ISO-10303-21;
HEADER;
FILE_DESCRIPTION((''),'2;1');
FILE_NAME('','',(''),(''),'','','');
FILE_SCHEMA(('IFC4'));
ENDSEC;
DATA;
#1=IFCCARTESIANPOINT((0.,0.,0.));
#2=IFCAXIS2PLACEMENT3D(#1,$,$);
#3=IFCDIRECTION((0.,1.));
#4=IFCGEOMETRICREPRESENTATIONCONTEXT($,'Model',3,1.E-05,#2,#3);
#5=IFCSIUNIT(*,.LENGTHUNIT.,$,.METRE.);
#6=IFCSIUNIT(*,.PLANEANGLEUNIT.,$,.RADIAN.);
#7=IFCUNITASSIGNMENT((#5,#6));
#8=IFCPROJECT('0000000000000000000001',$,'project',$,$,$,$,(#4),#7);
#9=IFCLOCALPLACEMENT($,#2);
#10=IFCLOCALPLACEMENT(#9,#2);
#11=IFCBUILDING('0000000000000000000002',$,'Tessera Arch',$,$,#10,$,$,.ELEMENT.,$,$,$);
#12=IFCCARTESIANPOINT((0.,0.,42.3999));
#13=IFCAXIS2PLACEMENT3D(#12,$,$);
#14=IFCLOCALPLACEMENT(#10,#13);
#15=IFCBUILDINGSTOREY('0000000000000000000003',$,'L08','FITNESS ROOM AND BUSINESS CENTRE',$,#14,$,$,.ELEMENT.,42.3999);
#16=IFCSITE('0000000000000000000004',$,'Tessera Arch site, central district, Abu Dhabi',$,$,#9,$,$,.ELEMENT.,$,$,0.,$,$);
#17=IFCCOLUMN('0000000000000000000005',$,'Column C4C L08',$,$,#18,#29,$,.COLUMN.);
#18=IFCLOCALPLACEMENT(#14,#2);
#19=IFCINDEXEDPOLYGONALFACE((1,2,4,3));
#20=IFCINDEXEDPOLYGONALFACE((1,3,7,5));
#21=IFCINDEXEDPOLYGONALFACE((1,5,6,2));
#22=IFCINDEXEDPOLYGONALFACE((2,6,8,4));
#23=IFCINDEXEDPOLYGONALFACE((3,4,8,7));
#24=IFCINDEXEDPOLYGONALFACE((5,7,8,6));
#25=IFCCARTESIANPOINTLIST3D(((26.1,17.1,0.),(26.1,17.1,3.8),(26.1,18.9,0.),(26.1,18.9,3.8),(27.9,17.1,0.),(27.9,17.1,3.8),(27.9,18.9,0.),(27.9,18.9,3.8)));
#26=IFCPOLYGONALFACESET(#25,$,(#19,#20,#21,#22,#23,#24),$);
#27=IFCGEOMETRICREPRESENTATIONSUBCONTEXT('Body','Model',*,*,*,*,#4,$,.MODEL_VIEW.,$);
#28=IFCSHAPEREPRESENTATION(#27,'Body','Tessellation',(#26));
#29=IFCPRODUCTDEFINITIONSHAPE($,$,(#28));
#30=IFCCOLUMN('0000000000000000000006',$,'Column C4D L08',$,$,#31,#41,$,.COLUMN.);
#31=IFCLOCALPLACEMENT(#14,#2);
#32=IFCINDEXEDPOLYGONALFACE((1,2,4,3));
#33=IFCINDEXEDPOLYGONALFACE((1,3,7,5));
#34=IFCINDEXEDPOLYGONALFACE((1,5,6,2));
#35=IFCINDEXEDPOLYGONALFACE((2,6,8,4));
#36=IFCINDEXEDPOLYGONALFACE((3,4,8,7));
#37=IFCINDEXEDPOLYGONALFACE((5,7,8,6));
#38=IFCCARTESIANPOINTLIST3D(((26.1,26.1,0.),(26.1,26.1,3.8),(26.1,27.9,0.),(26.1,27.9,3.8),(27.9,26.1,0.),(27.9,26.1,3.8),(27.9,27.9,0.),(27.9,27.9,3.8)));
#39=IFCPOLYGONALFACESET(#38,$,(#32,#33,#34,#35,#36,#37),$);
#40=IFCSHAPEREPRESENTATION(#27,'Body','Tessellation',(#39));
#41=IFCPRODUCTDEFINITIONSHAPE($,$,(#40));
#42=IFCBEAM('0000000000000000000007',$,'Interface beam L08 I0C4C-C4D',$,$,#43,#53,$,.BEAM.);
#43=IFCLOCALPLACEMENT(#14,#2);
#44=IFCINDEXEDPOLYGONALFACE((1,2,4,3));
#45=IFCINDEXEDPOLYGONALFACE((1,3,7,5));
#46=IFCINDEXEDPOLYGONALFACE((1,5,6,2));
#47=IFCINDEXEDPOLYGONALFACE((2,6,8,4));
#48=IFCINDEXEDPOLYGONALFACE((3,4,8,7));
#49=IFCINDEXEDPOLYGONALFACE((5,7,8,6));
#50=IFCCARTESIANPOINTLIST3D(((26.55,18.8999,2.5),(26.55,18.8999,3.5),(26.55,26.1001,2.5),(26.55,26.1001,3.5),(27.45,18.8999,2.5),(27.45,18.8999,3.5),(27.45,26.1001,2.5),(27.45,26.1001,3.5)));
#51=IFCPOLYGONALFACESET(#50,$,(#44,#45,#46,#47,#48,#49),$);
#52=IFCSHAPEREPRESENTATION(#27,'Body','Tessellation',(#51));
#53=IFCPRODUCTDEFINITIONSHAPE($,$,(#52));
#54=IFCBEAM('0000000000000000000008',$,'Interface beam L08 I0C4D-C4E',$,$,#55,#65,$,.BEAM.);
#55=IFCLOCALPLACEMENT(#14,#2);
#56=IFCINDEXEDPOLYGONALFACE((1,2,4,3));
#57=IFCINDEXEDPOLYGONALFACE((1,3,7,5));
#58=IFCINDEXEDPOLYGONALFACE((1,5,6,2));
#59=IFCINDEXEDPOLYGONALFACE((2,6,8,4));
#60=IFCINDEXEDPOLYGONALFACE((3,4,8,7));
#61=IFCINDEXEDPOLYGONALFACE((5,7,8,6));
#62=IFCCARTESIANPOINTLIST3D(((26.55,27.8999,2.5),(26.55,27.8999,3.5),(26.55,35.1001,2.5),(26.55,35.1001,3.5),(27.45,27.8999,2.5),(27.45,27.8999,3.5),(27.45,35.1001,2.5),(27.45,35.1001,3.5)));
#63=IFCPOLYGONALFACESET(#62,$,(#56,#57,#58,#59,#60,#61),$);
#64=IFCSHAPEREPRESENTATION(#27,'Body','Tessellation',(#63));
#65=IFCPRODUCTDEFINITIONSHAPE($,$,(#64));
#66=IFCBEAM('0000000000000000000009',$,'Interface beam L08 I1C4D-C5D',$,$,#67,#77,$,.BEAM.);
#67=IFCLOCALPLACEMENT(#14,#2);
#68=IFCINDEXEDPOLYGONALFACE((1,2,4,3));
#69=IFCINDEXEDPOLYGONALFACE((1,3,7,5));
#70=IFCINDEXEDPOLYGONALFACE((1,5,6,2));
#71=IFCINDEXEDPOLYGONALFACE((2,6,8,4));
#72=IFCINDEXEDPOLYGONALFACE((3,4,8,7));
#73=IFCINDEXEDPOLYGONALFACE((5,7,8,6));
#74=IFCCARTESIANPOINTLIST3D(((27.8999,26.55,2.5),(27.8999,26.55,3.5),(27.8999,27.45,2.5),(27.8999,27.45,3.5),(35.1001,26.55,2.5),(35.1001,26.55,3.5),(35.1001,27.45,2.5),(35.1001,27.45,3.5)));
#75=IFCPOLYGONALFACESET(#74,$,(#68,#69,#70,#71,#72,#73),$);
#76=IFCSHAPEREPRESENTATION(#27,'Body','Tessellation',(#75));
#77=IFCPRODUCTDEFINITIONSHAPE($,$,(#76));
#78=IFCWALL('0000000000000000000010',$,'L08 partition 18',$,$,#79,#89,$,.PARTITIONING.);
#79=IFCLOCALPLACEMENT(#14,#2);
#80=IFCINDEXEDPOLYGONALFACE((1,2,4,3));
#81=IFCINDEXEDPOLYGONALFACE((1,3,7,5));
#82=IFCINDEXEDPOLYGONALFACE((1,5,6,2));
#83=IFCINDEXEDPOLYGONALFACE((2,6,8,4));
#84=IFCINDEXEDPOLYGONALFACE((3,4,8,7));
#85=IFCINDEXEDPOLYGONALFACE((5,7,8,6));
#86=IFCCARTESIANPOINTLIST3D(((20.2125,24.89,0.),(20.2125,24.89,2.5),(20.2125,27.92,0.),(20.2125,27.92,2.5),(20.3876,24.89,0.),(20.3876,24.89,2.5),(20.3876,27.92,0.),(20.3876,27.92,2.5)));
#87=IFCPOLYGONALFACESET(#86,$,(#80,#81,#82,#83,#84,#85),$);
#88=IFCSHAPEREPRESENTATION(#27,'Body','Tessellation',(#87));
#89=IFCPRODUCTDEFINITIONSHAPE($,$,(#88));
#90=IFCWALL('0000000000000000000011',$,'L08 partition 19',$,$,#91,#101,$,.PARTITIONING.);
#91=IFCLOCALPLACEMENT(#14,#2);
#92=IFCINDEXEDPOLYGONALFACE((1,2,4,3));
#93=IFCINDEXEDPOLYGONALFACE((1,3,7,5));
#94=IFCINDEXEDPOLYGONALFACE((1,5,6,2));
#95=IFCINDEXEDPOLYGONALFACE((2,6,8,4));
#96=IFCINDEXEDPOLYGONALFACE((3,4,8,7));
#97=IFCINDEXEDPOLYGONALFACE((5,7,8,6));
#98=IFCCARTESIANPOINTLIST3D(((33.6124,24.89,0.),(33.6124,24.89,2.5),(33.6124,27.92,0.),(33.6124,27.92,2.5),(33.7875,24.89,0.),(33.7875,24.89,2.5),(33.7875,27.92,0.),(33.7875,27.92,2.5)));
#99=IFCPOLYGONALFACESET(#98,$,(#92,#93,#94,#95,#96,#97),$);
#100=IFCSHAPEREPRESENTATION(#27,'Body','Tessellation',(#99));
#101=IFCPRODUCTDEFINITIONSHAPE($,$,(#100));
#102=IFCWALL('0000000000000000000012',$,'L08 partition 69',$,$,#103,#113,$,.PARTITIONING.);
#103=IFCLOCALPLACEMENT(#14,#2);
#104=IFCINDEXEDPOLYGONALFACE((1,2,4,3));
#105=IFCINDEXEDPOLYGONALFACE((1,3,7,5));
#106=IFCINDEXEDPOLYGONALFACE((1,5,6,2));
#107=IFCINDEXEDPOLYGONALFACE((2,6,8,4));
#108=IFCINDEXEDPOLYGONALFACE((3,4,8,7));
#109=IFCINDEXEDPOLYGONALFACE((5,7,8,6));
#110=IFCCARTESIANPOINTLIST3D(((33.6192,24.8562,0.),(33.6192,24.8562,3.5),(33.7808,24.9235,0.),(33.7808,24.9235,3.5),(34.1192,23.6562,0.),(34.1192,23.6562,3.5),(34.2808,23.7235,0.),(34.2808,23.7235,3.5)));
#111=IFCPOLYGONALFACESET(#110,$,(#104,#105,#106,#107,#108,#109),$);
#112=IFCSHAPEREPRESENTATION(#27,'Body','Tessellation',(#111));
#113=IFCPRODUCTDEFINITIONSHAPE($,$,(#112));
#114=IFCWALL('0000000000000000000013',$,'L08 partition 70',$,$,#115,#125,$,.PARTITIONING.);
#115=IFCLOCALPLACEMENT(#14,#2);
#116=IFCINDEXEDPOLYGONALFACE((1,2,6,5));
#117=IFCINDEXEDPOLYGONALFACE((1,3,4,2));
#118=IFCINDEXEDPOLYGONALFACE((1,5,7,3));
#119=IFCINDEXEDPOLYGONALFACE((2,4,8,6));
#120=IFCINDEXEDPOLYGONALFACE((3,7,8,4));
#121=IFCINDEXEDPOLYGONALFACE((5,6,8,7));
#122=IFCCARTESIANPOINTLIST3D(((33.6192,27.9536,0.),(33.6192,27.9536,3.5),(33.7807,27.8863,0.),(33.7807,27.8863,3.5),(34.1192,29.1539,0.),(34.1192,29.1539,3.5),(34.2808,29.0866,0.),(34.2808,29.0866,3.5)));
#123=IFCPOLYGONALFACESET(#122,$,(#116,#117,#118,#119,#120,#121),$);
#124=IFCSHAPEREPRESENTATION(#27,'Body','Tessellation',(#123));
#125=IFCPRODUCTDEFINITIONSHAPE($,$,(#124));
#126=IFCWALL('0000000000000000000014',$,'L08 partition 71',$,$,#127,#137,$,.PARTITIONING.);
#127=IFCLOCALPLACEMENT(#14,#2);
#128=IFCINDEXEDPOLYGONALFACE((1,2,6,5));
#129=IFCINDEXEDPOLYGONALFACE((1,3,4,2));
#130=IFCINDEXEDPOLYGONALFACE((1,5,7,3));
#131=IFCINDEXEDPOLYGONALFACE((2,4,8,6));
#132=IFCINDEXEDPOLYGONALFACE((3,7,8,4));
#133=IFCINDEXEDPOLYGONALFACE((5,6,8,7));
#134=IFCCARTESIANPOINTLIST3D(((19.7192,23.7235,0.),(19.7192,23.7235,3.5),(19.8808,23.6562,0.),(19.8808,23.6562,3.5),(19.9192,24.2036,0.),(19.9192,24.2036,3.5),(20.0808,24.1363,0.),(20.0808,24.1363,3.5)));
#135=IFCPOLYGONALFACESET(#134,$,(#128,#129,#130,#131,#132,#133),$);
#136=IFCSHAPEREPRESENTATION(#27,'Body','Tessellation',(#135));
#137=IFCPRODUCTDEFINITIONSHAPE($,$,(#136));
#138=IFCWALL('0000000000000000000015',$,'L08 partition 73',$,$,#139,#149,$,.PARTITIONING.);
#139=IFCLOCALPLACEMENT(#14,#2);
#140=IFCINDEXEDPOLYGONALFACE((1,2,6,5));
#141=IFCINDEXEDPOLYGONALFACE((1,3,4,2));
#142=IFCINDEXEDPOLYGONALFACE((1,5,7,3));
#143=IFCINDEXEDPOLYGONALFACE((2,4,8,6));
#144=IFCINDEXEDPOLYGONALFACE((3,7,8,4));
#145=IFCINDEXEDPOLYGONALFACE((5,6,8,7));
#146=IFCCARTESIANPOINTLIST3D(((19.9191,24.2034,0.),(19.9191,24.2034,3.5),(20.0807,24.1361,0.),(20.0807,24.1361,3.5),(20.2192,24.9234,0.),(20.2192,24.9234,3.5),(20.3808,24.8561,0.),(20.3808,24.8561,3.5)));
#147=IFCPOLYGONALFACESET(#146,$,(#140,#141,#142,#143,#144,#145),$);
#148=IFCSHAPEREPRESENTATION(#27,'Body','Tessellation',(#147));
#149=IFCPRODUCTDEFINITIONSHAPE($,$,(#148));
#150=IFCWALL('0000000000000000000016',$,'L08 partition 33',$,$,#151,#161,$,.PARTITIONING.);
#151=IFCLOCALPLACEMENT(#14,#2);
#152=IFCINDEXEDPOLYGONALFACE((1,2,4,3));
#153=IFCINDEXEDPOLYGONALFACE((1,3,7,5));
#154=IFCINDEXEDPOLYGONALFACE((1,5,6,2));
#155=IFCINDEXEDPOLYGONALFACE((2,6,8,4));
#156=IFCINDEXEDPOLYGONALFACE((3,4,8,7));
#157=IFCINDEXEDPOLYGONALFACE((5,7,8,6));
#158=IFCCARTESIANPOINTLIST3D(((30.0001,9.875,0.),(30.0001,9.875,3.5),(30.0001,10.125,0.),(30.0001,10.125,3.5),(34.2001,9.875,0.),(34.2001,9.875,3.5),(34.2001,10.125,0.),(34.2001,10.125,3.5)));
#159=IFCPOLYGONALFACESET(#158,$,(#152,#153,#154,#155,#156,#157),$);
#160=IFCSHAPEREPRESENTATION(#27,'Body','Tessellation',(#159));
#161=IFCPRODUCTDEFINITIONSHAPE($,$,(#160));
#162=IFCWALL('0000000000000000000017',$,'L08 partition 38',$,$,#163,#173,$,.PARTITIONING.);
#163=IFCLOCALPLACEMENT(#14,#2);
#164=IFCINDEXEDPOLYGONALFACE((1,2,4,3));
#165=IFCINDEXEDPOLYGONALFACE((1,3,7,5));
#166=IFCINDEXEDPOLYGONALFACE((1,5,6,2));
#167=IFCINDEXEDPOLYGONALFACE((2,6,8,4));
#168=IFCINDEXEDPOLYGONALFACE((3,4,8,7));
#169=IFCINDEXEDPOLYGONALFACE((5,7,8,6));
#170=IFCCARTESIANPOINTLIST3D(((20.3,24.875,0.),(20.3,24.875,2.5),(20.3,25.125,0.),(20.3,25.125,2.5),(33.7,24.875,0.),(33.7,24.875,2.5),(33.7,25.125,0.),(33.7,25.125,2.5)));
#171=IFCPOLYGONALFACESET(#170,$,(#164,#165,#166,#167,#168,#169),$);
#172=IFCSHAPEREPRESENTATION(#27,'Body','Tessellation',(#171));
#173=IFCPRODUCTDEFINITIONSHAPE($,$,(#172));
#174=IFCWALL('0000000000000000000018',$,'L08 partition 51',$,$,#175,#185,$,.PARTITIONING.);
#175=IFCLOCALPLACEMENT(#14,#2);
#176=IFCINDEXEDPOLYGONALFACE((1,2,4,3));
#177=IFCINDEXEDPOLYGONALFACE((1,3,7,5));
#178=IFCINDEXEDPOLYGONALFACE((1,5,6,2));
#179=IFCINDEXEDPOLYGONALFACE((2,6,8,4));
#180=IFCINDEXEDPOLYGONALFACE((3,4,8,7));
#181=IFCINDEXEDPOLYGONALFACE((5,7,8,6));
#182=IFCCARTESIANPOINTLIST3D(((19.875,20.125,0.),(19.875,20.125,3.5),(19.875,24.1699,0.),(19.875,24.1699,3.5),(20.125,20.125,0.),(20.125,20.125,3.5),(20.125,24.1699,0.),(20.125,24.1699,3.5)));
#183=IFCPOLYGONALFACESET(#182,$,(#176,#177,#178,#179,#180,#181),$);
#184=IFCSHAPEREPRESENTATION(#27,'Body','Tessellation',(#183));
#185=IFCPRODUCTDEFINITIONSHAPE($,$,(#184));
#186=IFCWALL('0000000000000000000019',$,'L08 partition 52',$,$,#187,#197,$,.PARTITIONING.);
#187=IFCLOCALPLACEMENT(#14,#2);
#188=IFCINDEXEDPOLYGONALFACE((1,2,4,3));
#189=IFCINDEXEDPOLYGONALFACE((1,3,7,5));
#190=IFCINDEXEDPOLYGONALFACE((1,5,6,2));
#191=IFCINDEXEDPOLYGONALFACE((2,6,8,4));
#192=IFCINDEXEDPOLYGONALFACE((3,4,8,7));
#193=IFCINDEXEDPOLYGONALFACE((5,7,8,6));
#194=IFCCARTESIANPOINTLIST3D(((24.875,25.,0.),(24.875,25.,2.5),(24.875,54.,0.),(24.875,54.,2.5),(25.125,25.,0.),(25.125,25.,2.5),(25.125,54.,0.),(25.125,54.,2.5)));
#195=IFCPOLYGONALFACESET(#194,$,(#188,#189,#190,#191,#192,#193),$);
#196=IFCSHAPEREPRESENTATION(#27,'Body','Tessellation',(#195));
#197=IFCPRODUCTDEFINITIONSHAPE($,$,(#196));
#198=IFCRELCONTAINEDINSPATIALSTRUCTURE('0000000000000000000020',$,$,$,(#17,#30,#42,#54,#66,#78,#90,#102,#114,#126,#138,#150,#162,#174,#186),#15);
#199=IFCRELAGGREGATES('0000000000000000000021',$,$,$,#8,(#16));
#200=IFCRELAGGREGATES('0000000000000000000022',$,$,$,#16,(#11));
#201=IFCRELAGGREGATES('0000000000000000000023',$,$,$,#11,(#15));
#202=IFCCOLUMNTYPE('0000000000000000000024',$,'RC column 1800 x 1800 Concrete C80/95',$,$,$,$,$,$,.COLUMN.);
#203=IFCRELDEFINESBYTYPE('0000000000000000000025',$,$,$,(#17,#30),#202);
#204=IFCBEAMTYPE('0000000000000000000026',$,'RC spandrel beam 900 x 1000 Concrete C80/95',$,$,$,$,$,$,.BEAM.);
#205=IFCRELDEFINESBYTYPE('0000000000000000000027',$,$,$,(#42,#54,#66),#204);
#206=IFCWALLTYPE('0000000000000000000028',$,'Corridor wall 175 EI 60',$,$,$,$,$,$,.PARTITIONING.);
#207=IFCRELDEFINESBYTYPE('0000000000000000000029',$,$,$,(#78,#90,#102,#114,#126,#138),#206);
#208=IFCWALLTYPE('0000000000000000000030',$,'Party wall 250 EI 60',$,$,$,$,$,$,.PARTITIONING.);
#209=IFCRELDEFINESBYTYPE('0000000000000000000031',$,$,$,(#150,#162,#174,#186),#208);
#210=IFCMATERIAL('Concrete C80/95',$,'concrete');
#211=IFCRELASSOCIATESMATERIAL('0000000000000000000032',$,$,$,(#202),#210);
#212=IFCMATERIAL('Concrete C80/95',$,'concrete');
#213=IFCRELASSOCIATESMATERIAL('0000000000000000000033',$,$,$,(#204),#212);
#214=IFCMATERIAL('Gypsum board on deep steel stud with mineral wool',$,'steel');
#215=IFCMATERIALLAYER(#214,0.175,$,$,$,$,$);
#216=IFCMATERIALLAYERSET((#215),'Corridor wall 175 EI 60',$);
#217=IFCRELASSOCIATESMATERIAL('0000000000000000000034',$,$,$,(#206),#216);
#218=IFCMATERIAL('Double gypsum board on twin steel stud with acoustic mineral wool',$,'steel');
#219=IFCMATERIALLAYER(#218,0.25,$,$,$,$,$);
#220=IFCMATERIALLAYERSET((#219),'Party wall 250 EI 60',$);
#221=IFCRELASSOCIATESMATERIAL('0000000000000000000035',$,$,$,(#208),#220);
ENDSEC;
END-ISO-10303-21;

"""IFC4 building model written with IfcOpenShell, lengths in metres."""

from ifc_helpers import new_model, si_unit, direction, frame, frame_2d, origin, origin_2d, place, context, subcontext, project, spatial, rectangle, extrude, material, layer, layer_set, material_profile, profile_set, type_object, element, save


model = new_model("IFC4")

# Units and contexts
model_context = context("Model", 3, precision=1e-05, world=origin(), true_north=direction((0.0, 1.0)))
body_context = subcontext(model_context, "Body", "Model", "MODEL_VIEW")
ifc_project = project(units=[si_unit("LENGTHUNIT", "METRE"), si_unit("PLANEANGLEUNIT", "RADIAN")], contexts=[model_context])

# Site, building, storey
site_placement = place(None, origin())
site = spatial("IfcSite", under=ifc_project, at=site_placement, Name="Tessera Arch site, central district, Abu Dhabi", CompositionType="ELEMENT", RefElevation=0.0)
building_placement = place(site_placement, origin())
building = spatial("IfcBuilding", under=site, at=building_placement, Name="Tessera Arch", CompositionType="ELEMENT")
storey_placement = place(building_placement, frame((0.0, 0.0, 42.3999)))
storey = spatial("IfcBuildingStorey", under=building, at=storey_placement, Name="L08", Description="FITNESS ROOM AND BUSINESS CENTRE", CompositionType="ELEMENT", Elevation=42.3999)

# Columns
ifc_material_1 = material(Name="Concrete C80/95", Category="concrete")
ifc_material_profile_1 = material_profile(ifc_material_1, rectangle(XDim=1.8, YDim=1.8, at=origin_2d()), Name="RC column 1800 x 1800 Concrete C80/95")
ifc_profile_set_1 = profile_set([ifc_material_profile_1], Name="Concrete C80/95")
column_type = type_object("IfcColumnType", Name="RC column 1800 x 1800 Concrete C80/95", PredefinedType="COLUMN", material=ifc_profile_set_1)
for number, where, z_axis, x_axis, name in (
    (1, (27.0, 18.0, 0.0), (0.0, 0.0, 1.0), (1.0, 0.0, 0.0), "Column C4C L08"),
    (2, (27.0, 27.0, 0.0), (0.0, 0.0, 1.0), (1.0, 0.0, 0.0), "Column C4D L08"),
):
    element("IfcColumn", number, at=place(storey_placement, frame(where, z_axis=z_axis, x_axis=x_axis)), inside=storey, type_object=column_type, Name=name, PredefinedType="COLUMN", context=body_context, shape_type="SweptSolid", body=[
        extrude(rectangle(XDim=1.8, YDim=1.8, at=origin_2d()), origin(), (0.0, 0.0, 1.0), 3.8),
    ])

# Beams
ifc_material_2 = material(Name="Concrete C80/95", Category="concrete")
ifc_material_profile_2 = material_profile(ifc_material_2, rectangle(XDim=0.8999, YDim=1.0, at=origin_2d()), Name="RC spandrel beam 900 x 1000 Concrete C80/95")
ifc_profile_set_2 = profile_set([ifc_material_profile_2], Name="Concrete C80/95")
beam_type = type_object("IfcBeamType", Name="RC spandrel beam 900 x 1000 Concrete C80/95", PredefinedType="BEAM", material=ifc_profile_set_2)
for number, where, z_axis, x_axis, name in (
    (3, (27.0, 18.8999, 3.0), (0.0, 1.0, 0.0), (-1.0, 0.0, 0.0), "Interface beam L08 I0C4C-C4D"),
    (4, (27.0, 27.8999, 3.0), (0.0, 1.0, 0.0), (-1.0, 0.0, 0.0), "Interface beam L08 I0C4D-C4E"),
    (5, (27.8999, 27.0, 3.0), (1.0, 0.0, 0.0), (0.0, 1.0, 0.0), "Interface beam L08 I1C4D-C5D"),
):
    element("IfcBeam", number, at=place(storey_placement, frame(where, z_axis=z_axis, x_axis=x_axis)), inside=storey, type_object=beam_type, Name=name, PredefinedType="BEAM", context=body_context, shape_type="SweptSolid", body=[
        extrude(rectangle(XDim=0.8999, YDim=1.0, at=origin_2d()), origin(), (0.0, 0.0, 1.0), 7.2002),
    ])

# Walls
ifc_material_3 = material(Name="Gypsum board on deep steel stud with mineral wool", Category="steel")
ifc_layer_1 = layer(ifc_material_3, 0.175)
ifc_layer_set_1 = layer_set([ifc_layer_1], Name="Corridor wall 175 EI 60")
wall_type_1 = type_object("IfcWallType", Name="Corridor wall 175 EI 60", PredefinedType="PARTITIONING", material=ifc_layer_set_1)
for number, where, z_axis, x_axis, name in (
    (6, (20.3, 24.8899, 0.0), (0.0, 0.0, 1.0), (0.0, 1.0, 0.0), "L08 partition 18"),
    (7, (33.7, 24.8899, 0.0), (0.0, 0.0, 1.0), (0.0, 1.0, 0.0), "L08 partition 19"),
):
    element("IfcWall", number, at=place(storey_placement, frame(where, z_axis=z_axis, x_axis=x_axis)), inside=storey, type_object=wall_type_1, Name=name, PredefinedType="PARTITIONING", context=body_context, shape_type="SweptSolid", body=[
        extrude(rectangle(XDim=3.03, YDim=0.175, at=frame_2d((1.5151, 0.0))), origin(), (0.0, 0.0, 1.0), 2.5),
    ])
wall_1_placement = place(storey_placement, frame((34.2, 23.6899, 0.0), z_axis=(0.0, 0.0, 1.0), x_axis=(-0.384629, 0.923071, 0.0)))
element("IfcWall", 8, at=wall_1_placement, inside=storey, type_object=wall_type_1, Name="L08 partition 69", PredefinedType="PARTITIONING", context=body_context, shape_type="SweptSolid", body=[
    extrude(rectangle(XDim=1.3, YDim=0.175, at=frame_2d((0.6499, 0.0))), origin(), (0.0, 0.0, 1.0), 3.5),
])
wall_2_placement = place(storey_placement, frame((33.7, 27.9199, 0.0), z_axis=(0.0, 0.0, 1.0), x_axis=(0.384562, 0.923099, 0.0)))
element("IfcWall", 9, at=wall_2_placement, inside=storey, type_object=wall_type_1, Name="L08 partition 70", PredefinedType="PARTITIONING", context=body_context, shape_type="SweptSolid", body=[
    extrude(rectangle(XDim=1.3003, YDim=0.175, at=frame_2d((0.6501, 0.0))), origin(), (0.0, 0.0, 1.0), 3.5),
])
wall_3_placement = place(storey_placement, frame((20.0, 24.1699, 0.0), z_axis=(0.0, 0.0, 1.0), x_axis=(-0.384549, -0.923105, 0.0)))
element("IfcWall", 10, at=wall_3_placement, inside=storey, type_object=wall_type_1, Name="L08 partition 71", PredefinedType="PARTITIONING", context=body_context, shape_type="SweptSolid", body=[
    extrude(rectangle(XDim=0.52, YDim=0.175, at=frame_2d((0.26, 0.0))), origin(), (0.0, 0.0, 1.0), 3.5),
])
wall_4_placement = place(storey_placement, frame((20.3, 24.8899, 0.0), z_axis=(0.0, 0.0, 1.0), x_axis=(-0.384682, -0.923049, 0.0)))
element("IfcWall", 11, at=wall_4_placement, inside=storey, type_object=wall_type_1, Name="L08 partition 73", PredefinedType="PARTITIONING", context=body_context, shape_type="SweptSolid", body=[
    extrude(rectangle(XDim=0.78, YDim=0.175, at=frame_2d((0.3901, 0.0))), origin(), (0.0, 0.0, 1.0), 3.5),
])
ifc_material_4 = material(Name="Double gypsum board on twin steel stud with acoustic mineral wool", Category="steel")
ifc_layer_2 = layer(ifc_material_4, 0.25)
ifc_layer_set_2 = layer_set([ifc_layer_2], Name="Party wall 250 EI 60")
wall_type_2 = type_object("IfcWallType", Name="Party wall 250 EI 60", PredefinedType="PARTITIONING", material=ifc_layer_set_2)
wall_5_placement = place(storey_placement, frame((30.0, 10.0, 0.0), z_axis=(0.0, 0.0, 1.0), x_axis=(1.0, 0.0, 0.0)))
element("IfcWall", 12, at=wall_5_placement, inside=storey, type_object=wall_type_2, Name="L08 partition 33", PredefinedType="PARTITIONING", context=body_context, shape_type="SweptSolid", body=[
    extrude(rectangle(XDim=4.2, YDim=0.25, at=frame_2d((2.1001, 0.0))), origin(), (0.0, 0.0, 1.0), 3.5),
])
wall_6_placement = place(storey_placement, frame((20.3, 25.0, 0.0), z_axis=(0.0, 0.0, 1.0), x_axis=(1.0, 0.0, 0.0)))
element("IfcWall", 13, at=wall_6_placement, inside=storey, type_object=wall_type_2, Name="L08 partition 38", PredefinedType="PARTITIONING", context=body_context, shape_type="SweptSolid", body=[
    extrude(rectangle(XDim=13.3999, YDim=0.25, at=frame_2d((6.7, 0.0))), origin(), (0.0, 0.0, 1.0), 2.5),
])
wall_7_placement = place(storey_placement, frame((20.0, 20.125, 0.0), z_axis=(0.0, 0.0, 1.0), x_axis=(0.0, 1.0, 0.0)))
element("IfcWall", 14, at=wall_7_placement, inside=storey, type_object=wall_type_2, Name="L08 partition 51", PredefinedType="PARTITIONING", context=body_context, shape_type="SweptSolid", body=[
    extrude(rectangle(XDim=4.0449, YDim=0.25, at=frame_2d((2.0225, 0.0))), origin(), (0.0, 0.0, 1.0), 3.5),
])
wall_8_placement = place(storey_placement, frame((25.0, 25.0, 0.0), z_axis=(0.0, 0.0, 1.0), x_axis=(0.0, 1.0, 0.0)))
element("IfcWall", 15, at=wall_8_placement, inside=storey, type_object=wall_type_2, Name="L08 partition 52", PredefinedType="PARTITIONING", context=body_context, shape_type="SweptSolid", body=[
    extrude(rectangle(XDim=29.0, YDim=0.25, at=frame_2d((14.5, 0.0))), origin(), (0.0, 0.0, 1.0), 2.5),
])

save(model, "model.ifc")
